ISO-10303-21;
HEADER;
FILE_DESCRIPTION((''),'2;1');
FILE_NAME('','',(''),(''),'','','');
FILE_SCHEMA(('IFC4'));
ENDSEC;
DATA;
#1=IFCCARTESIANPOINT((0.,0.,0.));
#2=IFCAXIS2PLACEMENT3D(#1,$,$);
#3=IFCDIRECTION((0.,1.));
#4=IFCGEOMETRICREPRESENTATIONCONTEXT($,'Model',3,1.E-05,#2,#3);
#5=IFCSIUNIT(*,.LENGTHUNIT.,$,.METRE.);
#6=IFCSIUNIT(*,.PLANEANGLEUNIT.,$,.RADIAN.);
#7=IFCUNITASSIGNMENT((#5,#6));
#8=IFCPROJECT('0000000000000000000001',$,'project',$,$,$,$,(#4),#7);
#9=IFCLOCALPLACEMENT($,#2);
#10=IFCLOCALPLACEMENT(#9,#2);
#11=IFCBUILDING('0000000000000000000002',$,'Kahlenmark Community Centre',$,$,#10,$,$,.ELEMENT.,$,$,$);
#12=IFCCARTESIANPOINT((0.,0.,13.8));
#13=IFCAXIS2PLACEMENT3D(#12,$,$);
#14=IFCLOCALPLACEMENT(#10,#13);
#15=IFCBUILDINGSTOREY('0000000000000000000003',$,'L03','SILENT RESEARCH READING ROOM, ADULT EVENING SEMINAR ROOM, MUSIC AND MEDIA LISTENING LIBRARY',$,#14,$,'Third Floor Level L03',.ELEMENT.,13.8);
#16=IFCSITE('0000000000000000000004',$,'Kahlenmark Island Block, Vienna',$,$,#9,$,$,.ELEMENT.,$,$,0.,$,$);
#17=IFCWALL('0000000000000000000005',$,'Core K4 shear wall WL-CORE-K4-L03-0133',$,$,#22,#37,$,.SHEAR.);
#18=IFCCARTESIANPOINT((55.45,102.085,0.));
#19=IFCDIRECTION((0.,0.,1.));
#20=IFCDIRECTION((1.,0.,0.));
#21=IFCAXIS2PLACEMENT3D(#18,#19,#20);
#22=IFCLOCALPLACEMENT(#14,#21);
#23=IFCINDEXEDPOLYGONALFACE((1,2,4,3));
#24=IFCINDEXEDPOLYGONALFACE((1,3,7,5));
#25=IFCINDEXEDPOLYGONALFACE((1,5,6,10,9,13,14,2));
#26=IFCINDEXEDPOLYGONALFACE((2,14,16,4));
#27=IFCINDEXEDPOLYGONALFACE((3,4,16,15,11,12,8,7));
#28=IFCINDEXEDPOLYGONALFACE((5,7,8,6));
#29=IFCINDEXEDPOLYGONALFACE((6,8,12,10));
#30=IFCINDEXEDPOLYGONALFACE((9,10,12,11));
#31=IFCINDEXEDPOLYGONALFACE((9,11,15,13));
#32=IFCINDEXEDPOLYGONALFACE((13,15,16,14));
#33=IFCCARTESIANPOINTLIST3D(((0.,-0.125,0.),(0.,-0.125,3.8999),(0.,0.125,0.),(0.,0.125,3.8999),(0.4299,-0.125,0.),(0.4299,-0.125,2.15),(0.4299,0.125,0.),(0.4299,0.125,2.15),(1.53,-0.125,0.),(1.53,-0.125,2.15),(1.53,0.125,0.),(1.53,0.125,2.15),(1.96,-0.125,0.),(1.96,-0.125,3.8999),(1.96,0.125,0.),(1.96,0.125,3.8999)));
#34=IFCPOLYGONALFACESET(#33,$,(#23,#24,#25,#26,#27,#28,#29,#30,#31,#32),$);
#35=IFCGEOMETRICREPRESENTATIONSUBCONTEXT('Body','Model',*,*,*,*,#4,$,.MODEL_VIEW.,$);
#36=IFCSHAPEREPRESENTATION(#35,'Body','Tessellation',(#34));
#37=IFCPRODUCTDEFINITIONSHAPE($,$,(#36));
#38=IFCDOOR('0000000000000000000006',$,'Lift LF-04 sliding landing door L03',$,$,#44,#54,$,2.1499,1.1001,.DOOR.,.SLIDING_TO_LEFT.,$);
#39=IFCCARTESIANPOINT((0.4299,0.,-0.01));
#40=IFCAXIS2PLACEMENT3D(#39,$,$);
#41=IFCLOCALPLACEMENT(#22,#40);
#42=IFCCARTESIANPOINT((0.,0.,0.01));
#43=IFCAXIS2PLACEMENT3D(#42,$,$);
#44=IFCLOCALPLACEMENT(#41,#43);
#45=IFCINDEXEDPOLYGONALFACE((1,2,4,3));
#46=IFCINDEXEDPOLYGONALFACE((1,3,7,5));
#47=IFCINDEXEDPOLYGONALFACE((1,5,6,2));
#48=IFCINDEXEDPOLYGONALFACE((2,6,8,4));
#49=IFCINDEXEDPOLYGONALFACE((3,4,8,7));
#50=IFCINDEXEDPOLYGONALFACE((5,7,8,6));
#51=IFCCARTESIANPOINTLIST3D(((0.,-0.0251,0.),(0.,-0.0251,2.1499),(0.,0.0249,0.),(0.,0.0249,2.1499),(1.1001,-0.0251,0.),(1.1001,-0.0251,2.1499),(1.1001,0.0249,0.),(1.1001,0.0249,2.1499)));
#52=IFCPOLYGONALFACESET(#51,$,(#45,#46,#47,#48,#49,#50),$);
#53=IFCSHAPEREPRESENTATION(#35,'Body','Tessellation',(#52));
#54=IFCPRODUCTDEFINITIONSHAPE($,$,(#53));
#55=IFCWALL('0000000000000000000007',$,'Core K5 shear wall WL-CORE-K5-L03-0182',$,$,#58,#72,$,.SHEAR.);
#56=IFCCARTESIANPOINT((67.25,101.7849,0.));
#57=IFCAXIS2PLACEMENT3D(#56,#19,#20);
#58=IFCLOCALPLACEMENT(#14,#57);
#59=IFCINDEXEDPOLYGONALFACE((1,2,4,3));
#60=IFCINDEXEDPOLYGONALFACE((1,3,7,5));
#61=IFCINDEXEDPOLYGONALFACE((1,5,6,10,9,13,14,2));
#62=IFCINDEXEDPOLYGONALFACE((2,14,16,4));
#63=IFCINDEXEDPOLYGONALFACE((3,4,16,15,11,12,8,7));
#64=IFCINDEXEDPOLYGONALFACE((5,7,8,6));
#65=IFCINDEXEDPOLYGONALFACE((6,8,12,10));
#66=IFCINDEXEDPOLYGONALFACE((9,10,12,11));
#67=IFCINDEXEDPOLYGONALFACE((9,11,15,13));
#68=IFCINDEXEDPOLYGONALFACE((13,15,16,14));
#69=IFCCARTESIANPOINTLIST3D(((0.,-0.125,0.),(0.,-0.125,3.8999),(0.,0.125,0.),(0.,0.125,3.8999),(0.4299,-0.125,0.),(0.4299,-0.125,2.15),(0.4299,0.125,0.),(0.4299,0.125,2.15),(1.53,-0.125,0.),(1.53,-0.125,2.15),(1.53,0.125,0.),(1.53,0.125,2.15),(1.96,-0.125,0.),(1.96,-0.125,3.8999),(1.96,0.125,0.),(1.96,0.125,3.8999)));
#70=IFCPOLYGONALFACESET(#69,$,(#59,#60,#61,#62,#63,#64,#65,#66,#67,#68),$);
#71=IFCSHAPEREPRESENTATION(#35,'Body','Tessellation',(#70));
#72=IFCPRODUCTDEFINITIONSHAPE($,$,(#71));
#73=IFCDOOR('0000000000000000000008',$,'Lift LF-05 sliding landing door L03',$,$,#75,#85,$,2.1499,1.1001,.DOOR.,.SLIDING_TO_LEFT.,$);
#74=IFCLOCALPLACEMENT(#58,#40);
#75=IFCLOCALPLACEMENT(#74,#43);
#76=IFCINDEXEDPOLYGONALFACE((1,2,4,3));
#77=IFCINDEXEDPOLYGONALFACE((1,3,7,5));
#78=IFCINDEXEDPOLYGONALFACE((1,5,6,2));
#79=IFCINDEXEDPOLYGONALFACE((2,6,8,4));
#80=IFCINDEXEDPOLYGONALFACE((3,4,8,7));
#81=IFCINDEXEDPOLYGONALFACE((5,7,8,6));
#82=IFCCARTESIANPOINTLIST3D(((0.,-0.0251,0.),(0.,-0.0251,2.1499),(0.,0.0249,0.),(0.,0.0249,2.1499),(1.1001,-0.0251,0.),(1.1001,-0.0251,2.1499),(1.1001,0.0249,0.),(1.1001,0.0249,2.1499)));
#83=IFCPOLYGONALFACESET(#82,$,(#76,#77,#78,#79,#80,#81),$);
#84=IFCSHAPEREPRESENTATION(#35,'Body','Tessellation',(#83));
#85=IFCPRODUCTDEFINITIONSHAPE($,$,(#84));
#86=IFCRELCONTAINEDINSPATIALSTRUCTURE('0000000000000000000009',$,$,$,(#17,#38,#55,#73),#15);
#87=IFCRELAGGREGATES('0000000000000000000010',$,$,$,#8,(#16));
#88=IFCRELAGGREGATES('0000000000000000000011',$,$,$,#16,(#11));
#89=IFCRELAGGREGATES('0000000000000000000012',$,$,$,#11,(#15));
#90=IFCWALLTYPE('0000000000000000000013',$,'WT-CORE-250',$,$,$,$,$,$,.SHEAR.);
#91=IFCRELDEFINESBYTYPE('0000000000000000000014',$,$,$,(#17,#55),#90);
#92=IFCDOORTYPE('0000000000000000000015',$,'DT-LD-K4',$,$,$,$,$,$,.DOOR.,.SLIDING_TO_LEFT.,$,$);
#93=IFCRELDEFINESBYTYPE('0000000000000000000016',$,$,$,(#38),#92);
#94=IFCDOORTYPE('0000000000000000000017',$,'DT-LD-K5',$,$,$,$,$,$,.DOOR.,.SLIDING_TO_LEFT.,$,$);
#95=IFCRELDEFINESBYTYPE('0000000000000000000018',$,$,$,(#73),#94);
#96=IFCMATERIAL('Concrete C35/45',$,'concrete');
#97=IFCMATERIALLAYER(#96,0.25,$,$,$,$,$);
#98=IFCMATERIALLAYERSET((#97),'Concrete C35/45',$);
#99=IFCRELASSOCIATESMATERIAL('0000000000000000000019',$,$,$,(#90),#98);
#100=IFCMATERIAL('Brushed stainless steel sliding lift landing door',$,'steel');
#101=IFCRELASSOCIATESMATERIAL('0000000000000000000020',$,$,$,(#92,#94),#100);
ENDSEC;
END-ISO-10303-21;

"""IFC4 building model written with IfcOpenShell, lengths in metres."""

from ifc_helpers import new_model, si_unit, direction, frame, frame_2d, origin, place, context, subcontext, project, spatial, rectangle, extrude, material, layer, layer_set, type_object, element, fill, save


model = new_model("IFC4")

# Units and contexts
model_context = context("Model", 3, precision=1e-05, world=origin(), true_north=direction((0.0, 1.0)))
body_context = subcontext(model_context, "Body", "Model", "MODEL_VIEW")
ifc_project = project(units=[si_unit("LENGTHUNIT", "METRE"), si_unit("PLANEANGLEUNIT", "RADIAN")], contexts=[model_context])

# Site, building, storey
site_placement = place(None, origin())
site = spatial("IfcSite", under=ifc_project, at=site_placement, Name="Kahlenmark Island Block, Vienna", CompositionType="ELEMENT", RefElevation=0.0)
building_placement = place(site_placement, origin())
building = spatial("IfcBuilding", under=site, at=building_placement, Name="Kahlenmark Community Centre", CompositionType="ELEMENT")
storey_placement = place(building_placement, frame((0.0, 0.0, 13.8)))
storey = spatial("IfcBuildingStorey", under=building, at=storey_placement, Name="L03", Description="SILENT RESEARCH READING ROOM, ADULT EVENING SEMINAR ROOM, MUSIC AND MEDIA LISTENING LIBRARY", LongName="Third Floor Level L03", CompositionType="ELEMENT", Elevation=13.8)

# Wall, opening, door
ifc_material_1 = material(Name="Concrete C35/45", Category="concrete")
ifc_layer_1 = layer(ifc_material_1, 0.25)
ifc_layer_set_1 = layer_set([ifc_layer_1], Name="Concrete C35/45")
wall_type_1 = type_object("IfcWallType", Name="WT-CORE-250", PredefinedType="SHEAR", material=ifc_layer_set_1)
wall_1_placement = place(storey_placement, frame((55.45, 102.085, 0.0), z_axis=(0.0, 0.0, 1.0), x_axis=(1.0, 0.0, 0.0)))
wall_1 = element("IfcWall", 1, at=wall_1_placement, inside=storey, type_object=wall_type_1, Name="Core K4 shear wall WL-CORE-K4-L03-0133", PredefinedType="SHEAR", context=body_context, shape_type="SweptSolid", body=[
    extrude(rectangle(XDim=1.96, YDim=0.25, at=frame_2d((0.98, 0.0))), origin(), (0.0, 0.0, 1.0), 3.8999),
])
opening_1_placement = place(wall_1_placement, frame((0.4299, 0.0, -0.01)))
opening_1 = element("IfcOpeningElement", 2, at=opening_1_placement, cuts=wall_1, PredefinedType="OPENING", context=body_context, shape_type="SweptSolid", body=[
    extrude(rectangle(XDim=1.1001, YDim=2.1599, at=frame_2d((0.55, 1.0801))), frame((0.0, 0.135, 0.0), z_axis=(0.0, -1.0, 0.0), x_axis=(1.0, 0.0, 0.0)), (0.0, 0.0, 1.0), 0.27),
])
ifc_material_2 = material(Name="Brushed stainless steel sliding lift landing door", Category="steel")
door_type_1 = type_object("IfcDoorType", Name="DT-LD-K4", OperationType="SLIDING_TO_LEFT", PredefinedType="DOOR", material=ifc_material_2)
door_1_placement = place(opening_1_placement, frame((0.0, 0.0, 0.01)))
door_1 = element("IfcDoor", 3, at=door_1_placement, inside=storey, type_object=door_type_1, Name="Lift LF-04 sliding landing door L03", OperationType="SLIDING_TO_LEFT", OverallHeight=2.1499, OverallWidth=1.1001, PredefinedType="DOOR", context=body_context, shape_type="SweptSolid", body=[
    extrude(rectangle(XDim=1.1001, YDim=2.1499, at=frame_2d((0.55, 1.075))), frame((0.0, 0.0249, 0.0), z_axis=(0.0, -1.0, 0.0), x_axis=(1.0, 0.0, 0.0)), (0.0, 0.0, 1.0), 0.05),
])
fill(opening_1, door_1)

# Wall, opening, door
wall_2_placement = place(storey_placement, frame((67.25, 101.7849, 0.0), z_axis=(0.0, 0.0, 1.0), x_axis=(1.0, 0.0, 0.0)))
wall_2 = element("IfcWall", 4, at=wall_2_placement, inside=storey, type_object=wall_type_1, Name="Core K5 shear wall WL-CORE-K5-L03-0182", PredefinedType="SHEAR", context=body_context, shape_type="SweptSolid", body=[
    extrude(rectangle(XDim=1.96, YDim=0.25, at=frame_2d((0.98, 0.0))), origin(), (0.0, 0.0, 1.0), 3.8999),
])
opening_2_placement = place(wall_2_placement, frame((0.4299, 0.0, -0.01)))
opening_2 = element("IfcOpeningElement", 5, at=opening_2_placement, cuts=wall_2, PredefinedType="OPENING", context=body_context, shape_type="SweptSolid", body=[
    extrude(rectangle(XDim=1.1001, YDim=2.1599, at=frame_2d((0.55, 1.0801))), frame((0.0, 0.135, 0.0), z_axis=(0.0, -1.0, 0.0), x_axis=(1.0, 0.0, 0.0)), (0.0, 0.0, 1.0), 0.27),
])
door_type_2 = type_object("IfcDoorType", Name="DT-LD-K5", OperationType="SLIDING_TO_LEFT", PredefinedType="DOOR", material=ifc_material_2)
door_2_placement = place(opening_2_placement, frame((0.0, 0.0, 0.01)))
door_2 = element("IfcDoor", 6, at=door_2_placement, inside=storey, type_object=door_type_2, Name="Lift LF-05 sliding landing door L03", OperationType="SLIDING_TO_LEFT", OverallHeight=2.1499, OverallWidth=1.1001, PredefinedType="DOOR", context=body_context, shape_type="SweptSolid", body=[
    extrude(rectangle(XDim=1.1001, YDim=2.1499, at=frame_2d((0.55, 1.075))), frame((0.0, 0.0249, 0.0), z_axis=(0.0, -1.0, 0.0), x_axis=(1.0, 0.0, 0.0)), (0.0, 0.0, 1.0), 0.05),
])
fill(opening_2, door_2)

save(model, "model.ifc")
